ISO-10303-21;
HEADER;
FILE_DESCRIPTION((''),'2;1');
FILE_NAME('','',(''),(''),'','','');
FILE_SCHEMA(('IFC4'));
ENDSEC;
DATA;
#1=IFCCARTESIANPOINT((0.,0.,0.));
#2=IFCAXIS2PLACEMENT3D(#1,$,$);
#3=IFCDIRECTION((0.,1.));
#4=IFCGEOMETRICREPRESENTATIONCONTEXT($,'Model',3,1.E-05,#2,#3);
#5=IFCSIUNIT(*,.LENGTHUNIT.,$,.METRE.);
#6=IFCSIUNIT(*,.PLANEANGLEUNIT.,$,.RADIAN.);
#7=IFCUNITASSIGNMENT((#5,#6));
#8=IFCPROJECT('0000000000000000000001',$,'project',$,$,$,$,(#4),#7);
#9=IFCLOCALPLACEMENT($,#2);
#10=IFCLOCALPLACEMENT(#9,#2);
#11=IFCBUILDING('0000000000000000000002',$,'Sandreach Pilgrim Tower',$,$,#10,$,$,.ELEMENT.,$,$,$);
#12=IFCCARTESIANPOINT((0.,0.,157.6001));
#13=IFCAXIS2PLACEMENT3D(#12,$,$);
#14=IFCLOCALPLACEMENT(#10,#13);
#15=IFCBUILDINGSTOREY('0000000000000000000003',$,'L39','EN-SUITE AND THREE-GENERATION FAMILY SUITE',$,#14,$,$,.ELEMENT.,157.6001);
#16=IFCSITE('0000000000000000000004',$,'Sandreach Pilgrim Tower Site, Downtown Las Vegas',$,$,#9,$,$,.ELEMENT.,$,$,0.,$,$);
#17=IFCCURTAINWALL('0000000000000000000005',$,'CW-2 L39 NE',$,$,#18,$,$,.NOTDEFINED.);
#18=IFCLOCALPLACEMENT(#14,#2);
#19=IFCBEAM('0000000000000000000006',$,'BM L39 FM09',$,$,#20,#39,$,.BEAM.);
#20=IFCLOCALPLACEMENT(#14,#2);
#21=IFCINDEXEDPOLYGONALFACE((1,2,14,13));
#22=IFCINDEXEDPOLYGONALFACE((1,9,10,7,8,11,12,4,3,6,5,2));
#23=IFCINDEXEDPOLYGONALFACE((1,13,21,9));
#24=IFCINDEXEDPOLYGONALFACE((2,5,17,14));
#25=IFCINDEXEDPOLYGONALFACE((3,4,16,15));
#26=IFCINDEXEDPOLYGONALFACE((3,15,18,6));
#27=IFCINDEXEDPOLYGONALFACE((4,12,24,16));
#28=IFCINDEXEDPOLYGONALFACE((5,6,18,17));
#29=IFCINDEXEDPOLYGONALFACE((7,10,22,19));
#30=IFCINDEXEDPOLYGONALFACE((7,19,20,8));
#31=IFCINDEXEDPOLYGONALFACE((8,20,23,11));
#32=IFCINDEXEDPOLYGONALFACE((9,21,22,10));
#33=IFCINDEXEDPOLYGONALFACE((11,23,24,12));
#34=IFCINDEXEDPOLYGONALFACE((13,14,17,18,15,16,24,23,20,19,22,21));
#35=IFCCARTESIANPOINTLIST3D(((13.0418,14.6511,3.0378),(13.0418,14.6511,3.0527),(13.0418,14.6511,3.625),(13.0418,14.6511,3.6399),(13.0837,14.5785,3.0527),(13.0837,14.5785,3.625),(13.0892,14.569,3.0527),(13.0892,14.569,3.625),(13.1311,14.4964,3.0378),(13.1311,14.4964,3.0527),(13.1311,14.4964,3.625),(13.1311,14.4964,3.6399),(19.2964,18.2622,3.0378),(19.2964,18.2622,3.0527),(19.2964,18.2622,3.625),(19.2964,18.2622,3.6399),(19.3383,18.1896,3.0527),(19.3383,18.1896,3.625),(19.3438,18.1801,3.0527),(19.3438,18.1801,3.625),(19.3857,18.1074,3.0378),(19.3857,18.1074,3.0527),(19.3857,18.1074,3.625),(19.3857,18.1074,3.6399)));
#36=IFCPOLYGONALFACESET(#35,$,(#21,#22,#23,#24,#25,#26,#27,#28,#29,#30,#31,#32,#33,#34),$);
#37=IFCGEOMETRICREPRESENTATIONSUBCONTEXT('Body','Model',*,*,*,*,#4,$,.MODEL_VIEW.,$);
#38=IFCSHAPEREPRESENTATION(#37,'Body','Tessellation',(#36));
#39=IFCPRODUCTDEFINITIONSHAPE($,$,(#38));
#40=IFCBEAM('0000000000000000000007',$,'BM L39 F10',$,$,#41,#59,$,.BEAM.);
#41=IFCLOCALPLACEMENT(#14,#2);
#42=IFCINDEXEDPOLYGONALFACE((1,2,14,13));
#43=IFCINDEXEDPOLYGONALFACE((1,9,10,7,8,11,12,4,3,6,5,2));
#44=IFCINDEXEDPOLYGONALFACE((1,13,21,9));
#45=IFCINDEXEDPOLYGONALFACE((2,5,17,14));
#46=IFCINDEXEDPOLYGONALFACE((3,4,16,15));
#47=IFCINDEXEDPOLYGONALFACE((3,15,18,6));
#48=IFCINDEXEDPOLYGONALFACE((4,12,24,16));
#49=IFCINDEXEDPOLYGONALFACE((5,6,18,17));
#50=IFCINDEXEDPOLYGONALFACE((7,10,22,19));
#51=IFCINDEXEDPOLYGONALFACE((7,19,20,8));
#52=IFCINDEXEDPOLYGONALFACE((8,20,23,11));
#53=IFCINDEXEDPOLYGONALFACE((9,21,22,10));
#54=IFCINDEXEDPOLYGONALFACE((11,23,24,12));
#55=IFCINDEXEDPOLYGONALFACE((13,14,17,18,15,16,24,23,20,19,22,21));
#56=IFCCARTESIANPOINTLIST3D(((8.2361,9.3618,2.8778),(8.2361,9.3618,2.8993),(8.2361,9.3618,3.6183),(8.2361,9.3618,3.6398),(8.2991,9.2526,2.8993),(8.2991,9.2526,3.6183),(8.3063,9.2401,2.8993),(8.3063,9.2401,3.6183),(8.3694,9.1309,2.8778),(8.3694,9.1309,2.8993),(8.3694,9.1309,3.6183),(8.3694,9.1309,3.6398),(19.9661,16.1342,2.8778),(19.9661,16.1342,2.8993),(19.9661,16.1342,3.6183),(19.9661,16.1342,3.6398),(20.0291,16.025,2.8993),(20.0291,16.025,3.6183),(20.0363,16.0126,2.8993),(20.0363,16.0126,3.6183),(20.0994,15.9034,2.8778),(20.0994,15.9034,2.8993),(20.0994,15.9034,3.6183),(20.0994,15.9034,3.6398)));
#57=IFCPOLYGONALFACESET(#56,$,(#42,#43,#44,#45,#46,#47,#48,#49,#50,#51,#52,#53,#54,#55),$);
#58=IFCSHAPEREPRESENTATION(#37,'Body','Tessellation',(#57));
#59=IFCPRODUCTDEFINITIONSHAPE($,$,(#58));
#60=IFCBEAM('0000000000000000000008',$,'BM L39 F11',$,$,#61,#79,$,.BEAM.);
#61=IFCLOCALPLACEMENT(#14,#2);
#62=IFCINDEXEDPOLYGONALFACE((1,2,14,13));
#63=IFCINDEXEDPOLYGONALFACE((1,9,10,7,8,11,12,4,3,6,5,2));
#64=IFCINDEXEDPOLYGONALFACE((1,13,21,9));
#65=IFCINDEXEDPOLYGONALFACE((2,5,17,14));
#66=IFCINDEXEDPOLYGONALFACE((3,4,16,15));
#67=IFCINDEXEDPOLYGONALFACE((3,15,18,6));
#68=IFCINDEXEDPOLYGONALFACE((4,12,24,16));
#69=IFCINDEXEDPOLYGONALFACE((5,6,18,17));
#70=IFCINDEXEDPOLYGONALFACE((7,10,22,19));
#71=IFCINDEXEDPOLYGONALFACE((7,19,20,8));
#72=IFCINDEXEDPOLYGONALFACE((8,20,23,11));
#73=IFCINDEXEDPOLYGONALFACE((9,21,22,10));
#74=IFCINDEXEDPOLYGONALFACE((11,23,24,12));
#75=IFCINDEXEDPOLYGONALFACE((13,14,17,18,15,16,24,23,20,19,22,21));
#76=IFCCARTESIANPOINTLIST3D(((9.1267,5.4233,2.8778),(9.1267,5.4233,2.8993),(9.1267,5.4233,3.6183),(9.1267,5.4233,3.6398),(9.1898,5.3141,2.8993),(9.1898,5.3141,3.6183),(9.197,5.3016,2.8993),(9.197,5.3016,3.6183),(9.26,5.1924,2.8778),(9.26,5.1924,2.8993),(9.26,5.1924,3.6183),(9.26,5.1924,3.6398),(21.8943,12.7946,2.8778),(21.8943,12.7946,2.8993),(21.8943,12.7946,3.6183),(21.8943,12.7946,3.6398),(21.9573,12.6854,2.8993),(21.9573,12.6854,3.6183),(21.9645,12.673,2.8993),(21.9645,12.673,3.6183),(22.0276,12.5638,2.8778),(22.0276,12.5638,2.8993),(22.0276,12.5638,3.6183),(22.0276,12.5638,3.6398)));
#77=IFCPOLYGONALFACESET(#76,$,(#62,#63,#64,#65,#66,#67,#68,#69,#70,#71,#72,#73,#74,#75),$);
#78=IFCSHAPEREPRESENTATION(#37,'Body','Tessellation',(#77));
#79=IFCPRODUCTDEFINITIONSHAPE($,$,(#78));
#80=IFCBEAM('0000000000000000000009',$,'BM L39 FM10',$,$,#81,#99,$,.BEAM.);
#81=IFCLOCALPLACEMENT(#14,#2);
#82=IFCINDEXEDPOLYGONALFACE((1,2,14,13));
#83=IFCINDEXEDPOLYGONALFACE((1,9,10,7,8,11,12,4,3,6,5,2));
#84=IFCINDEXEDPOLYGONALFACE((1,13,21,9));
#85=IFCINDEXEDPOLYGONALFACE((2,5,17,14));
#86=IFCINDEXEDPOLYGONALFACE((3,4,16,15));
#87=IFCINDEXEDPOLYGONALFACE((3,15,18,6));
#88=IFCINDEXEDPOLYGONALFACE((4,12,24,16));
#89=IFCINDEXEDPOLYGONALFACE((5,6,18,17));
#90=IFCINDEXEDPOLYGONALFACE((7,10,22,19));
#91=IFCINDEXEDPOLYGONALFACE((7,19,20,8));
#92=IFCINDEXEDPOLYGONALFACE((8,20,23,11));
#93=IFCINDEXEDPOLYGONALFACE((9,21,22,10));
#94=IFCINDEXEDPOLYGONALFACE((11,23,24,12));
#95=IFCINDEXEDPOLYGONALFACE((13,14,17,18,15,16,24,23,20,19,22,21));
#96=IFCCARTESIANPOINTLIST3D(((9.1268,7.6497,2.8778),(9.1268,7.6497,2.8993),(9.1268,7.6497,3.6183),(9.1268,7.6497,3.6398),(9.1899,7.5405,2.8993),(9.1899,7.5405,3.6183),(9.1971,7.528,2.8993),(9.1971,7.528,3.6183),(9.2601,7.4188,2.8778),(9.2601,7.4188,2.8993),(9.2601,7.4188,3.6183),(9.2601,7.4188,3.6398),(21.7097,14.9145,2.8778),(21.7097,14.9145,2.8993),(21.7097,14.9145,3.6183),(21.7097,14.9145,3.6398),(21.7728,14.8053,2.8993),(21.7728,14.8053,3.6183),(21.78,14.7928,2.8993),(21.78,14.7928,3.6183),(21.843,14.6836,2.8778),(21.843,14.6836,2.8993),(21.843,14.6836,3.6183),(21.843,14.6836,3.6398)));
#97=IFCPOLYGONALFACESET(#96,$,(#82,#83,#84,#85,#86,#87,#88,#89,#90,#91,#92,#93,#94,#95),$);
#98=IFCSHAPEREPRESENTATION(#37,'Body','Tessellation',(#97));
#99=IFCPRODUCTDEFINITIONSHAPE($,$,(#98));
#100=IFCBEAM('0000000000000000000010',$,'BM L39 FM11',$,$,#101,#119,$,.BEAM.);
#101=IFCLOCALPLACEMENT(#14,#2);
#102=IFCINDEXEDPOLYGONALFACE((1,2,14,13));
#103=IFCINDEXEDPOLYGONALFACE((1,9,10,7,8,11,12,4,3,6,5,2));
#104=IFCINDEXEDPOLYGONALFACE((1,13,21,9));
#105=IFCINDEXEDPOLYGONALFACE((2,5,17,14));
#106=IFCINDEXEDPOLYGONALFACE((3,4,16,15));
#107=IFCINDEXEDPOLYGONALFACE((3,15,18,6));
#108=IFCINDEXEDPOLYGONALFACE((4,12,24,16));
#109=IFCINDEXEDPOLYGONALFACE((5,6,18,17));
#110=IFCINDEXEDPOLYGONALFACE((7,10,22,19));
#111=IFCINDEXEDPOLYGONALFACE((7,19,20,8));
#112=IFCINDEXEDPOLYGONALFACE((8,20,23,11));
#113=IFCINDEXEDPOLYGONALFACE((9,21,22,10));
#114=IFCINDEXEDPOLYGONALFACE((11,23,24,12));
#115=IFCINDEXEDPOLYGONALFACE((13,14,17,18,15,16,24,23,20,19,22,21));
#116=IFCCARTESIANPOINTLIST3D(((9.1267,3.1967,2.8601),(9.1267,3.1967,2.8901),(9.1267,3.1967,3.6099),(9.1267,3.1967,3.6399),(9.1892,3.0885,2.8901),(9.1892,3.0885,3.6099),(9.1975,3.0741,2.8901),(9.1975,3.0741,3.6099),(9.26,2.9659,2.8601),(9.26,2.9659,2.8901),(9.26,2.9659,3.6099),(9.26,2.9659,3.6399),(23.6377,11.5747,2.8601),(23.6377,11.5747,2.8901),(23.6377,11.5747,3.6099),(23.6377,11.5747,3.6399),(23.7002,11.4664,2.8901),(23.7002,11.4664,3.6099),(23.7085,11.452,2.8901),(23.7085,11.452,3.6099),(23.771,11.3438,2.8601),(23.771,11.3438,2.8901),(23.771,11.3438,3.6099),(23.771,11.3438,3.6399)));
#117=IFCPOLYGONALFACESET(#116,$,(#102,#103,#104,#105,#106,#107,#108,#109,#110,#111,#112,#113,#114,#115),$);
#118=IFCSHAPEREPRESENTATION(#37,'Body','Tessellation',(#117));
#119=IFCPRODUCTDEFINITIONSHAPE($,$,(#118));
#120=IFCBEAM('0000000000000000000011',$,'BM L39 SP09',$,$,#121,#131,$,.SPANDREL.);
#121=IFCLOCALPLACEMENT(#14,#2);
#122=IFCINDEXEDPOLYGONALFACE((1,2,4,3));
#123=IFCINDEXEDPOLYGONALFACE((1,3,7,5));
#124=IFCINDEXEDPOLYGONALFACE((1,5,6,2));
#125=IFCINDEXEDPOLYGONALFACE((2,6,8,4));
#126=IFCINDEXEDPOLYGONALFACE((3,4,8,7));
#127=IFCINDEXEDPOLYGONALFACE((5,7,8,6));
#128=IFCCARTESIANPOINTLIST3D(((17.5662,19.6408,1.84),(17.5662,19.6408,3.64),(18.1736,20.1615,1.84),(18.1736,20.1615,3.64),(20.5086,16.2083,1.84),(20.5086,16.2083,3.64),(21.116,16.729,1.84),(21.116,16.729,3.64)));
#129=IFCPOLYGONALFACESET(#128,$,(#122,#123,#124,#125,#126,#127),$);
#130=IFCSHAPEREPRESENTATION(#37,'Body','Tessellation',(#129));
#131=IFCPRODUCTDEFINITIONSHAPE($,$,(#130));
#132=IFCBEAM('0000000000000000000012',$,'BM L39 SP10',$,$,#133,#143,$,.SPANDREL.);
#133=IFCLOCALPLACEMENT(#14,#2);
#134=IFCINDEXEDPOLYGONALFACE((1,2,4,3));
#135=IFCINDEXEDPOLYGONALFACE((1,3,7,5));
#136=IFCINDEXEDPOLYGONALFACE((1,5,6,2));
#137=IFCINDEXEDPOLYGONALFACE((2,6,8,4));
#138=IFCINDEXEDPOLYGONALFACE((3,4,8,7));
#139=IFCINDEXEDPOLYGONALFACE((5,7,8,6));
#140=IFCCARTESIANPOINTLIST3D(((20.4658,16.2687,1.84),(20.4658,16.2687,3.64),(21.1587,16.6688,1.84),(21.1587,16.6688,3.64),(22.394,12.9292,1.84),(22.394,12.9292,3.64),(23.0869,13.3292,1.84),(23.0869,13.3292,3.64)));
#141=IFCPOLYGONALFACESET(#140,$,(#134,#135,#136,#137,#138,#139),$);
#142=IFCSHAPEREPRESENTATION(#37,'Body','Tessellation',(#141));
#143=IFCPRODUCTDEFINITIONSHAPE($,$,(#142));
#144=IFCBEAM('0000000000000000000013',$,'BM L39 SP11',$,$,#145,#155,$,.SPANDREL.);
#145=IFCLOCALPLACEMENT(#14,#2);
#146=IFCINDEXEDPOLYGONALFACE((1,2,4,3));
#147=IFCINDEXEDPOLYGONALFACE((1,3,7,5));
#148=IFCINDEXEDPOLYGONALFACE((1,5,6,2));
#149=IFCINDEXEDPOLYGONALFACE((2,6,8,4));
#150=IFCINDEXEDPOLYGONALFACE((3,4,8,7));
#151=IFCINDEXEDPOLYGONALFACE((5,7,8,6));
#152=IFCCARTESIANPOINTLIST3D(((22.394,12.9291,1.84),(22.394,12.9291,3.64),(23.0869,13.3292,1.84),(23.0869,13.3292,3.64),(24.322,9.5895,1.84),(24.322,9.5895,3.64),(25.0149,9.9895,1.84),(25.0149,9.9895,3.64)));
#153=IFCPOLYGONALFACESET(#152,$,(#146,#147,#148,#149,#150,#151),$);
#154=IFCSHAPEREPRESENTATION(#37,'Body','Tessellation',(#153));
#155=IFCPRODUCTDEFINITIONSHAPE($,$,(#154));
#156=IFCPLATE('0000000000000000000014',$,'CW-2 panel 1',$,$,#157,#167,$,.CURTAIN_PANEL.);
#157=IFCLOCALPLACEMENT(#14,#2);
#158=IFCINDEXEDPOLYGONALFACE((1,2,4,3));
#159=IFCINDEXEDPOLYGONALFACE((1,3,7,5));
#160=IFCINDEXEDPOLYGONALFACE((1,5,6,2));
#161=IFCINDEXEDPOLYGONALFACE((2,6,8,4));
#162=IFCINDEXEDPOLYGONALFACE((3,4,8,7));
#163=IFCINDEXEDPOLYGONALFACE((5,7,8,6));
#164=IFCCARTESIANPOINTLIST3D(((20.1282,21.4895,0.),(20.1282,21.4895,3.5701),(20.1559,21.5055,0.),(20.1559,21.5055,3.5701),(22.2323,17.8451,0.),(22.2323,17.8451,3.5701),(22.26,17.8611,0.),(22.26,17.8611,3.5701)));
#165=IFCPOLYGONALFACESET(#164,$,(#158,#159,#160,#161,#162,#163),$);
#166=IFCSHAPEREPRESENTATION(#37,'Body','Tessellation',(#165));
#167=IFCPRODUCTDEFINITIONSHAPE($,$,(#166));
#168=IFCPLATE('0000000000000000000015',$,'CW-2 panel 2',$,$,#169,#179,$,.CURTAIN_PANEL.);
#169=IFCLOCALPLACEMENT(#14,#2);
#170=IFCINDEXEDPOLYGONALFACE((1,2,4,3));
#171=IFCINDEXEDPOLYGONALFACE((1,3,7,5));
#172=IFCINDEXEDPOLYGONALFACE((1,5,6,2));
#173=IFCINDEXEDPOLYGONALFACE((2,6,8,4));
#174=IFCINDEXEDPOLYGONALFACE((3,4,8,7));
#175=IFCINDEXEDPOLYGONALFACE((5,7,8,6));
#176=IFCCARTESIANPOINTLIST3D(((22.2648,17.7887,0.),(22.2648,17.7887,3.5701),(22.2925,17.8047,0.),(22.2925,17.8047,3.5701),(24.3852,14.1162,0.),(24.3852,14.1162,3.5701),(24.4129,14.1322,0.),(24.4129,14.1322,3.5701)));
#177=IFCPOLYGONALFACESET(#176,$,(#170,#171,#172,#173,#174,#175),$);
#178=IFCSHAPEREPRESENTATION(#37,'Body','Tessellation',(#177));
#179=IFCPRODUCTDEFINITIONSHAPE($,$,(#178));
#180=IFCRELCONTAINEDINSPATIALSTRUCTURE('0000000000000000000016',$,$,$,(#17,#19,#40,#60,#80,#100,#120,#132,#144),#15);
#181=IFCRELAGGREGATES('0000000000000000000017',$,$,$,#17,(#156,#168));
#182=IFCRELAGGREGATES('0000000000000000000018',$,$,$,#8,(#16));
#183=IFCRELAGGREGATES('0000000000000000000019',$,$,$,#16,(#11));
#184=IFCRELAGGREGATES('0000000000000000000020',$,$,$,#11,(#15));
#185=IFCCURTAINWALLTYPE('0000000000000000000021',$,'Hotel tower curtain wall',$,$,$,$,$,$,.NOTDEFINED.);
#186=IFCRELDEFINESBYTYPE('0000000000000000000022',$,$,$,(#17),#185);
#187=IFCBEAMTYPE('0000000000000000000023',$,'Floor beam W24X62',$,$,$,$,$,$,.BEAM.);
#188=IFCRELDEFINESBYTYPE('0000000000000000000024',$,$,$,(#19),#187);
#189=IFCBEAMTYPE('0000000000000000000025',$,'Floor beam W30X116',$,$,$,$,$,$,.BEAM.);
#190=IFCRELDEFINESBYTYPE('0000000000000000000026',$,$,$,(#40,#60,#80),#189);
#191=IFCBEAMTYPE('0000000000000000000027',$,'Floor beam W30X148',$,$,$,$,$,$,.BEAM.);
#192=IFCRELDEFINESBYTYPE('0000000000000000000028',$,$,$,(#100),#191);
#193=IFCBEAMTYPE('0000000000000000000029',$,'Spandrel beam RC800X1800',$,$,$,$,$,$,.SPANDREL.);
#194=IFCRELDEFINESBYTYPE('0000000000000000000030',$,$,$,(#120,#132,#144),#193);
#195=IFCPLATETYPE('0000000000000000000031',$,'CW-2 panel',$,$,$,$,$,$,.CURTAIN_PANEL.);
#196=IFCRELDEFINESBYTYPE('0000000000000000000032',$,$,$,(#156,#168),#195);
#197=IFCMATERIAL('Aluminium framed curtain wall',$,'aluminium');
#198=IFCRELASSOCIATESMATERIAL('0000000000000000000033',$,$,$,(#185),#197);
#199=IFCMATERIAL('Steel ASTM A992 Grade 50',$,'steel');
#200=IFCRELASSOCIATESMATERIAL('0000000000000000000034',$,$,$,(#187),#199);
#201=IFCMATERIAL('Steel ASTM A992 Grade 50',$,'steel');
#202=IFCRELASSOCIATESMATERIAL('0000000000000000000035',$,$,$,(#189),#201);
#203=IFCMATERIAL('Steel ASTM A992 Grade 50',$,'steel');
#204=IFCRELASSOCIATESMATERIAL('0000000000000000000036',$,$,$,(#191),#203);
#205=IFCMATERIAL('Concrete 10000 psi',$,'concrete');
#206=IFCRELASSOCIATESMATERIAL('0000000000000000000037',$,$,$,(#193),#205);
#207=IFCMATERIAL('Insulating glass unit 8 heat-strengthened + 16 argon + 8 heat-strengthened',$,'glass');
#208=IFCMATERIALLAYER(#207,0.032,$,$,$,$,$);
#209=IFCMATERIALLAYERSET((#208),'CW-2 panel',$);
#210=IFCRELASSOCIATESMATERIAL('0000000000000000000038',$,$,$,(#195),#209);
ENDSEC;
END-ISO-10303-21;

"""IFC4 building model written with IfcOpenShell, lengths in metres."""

from ifc_helpers import new_model, si_unit, direction, frame, origin, origin_2d, place, context, subcontext, project, spatial, rectangle, i_section, extrude, material, layer, layer_set, material_profile, profile_set, type_object, element, aggregate, save


model = new_model("IFC4")

# Units and contexts
model_context = context("Model", 3, precision=1e-05, world=origin(), true_north=direction((0.0, 1.0)))
body_context = subcontext(model_context, "Body", "Model", "MODEL_VIEW")
ifc_project = project(units=[si_unit("LENGTHUNIT", "METRE"), si_unit("PLANEANGLEUNIT", "RADIAN")], contexts=[model_context])

# Site, building, storey
site_placement = place(None, origin())
site = spatial("IfcSite", under=ifc_project, at=site_placement, Name="Sandreach Pilgrim Tower Site, Downtown Las Vegas", CompositionType="ELEMENT", RefElevation=0.0)
building_placement = place(site_placement, origin())
building = spatial("IfcBuilding", under=site, at=building_placement, Name="Sandreach Pilgrim Tower", CompositionType="ELEMENT")
storey_placement = place(building_placement, frame((0.0, 0.0, 157.6001)))
storey = spatial("IfcBuildingStorey", under=building, at=storey_placement, Name="L39", Description="EN-SUITE AND THREE-GENERATION FAMILY SUITE", CompositionType="ELEMENT", Elevation=157.6001)

# Shared definitions
ifc_material_1 = material(Name="Aluminium framed curtain wall", Category="aluminium")
curtain_wall_type = type_object("IfcCurtainWallType", Name="Hotel tower curtain wall", PredefinedType="NOTDEFINED", material=ifc_material_1)

# Curtain wall
curtain_wall_1_placement = place(storey_placement, origin())
curtain_wall_1 = element("IfcCurtainWall", 1, at=curtain_wall_1_placement, inside=storey, type_object=curtain_wall_type, Name="CW-2 L39 NE", PredefinedType="NOTDEFINED")

# Beams
ifc_material_2 = material(Name="Steel ASTM A992 Grade 50", Category="steel")
ifc_material_profile_1 = material_profile(ifc_material_2, i_section(OverallWidth=0.1787, OverallDepth=0.6021, WebThickness=0.011, FlangeThickness=0.0149, at=origin_2d()), Name="W24X62")
ifc_profile_set_1 = profile_set([ifc_material_profile_1], Name="Steel ASTM A992 Grade 50")
beam_type_1 = type_object("IfcBeamType", Name="Floor beam W24X62", PredefinedType="BEAM", material=ifc_profile_set_1)
beam_1_placement = place(storey_placement, frame((19.3411, 18.1848, 3.3389), z_axis=(-0.866027, -0.499997, 0.0), x_axis=(0.499997, -0.866027, 0.0)))
element("IfcBeam", 2, at=beam_1_placement, inside=storey, type_object=beam_type_1, Name="BM L39 FM09", PredefinedType="BEAM", context=body_context, shape_type="SweptSolid", body=[
    extrude(i_section(OverallWidth=0.1787, OverallDepth=0.6021, WebThickness=0.011, FlangeThickness=0.0149, at=origin_2d()), origin(), (0.0, 0.0, 1.0), 7.2222),
])
ifc_material_3 = material(Name="Steel ASTM A992 Grade 50", Category="steel")
ifc_material_profile_2 = material_profile(ifc_material_3, i_section(OverallWidth=0.2666, OverallDepth=0.762, WebThickness=0.0144, FlangeThickness=0.0215, at=origin_2d()), Name="W30X116")
ifc_profile_set_2 = profile_set([ifc_material_profile_2], Name="Steel ASTM A992 Grade 50")
beam_type_2 = type_object("IfcBeamType", Name="Floor beam W30X116", PredefinedType="BEAM", material=ifc_profile_set_2)
beam_2_placement = place(storey_placement, frame((20.0327, 16.0188, 3.2588), z_axis=(-0.86602, -0.500009, 0.0), x_axis=(0.500009, -0.86602, 0.0)))
element("IfcBeam", 3, at=beam_2_placement, inside=storey, type_object=beam_type_2, Name="BM L39 F10", PredefinedType="BEAM", context=body_context, shape_type="SweptSolid", body=[
    extrude(i_section(OverallWidth=0.2666, OverallDepth=0.762, WebThickness=0.0144, FlangeThickness=0.0215, at=origin_2d()), origin(), (0.0, 0.0, 1.0), 13.5447),
])
beam_3_placement = place(storey_placement, frame((21.9609, 12.6792, 3.2588), z_axis=(-0.866026, -0.499999, 0.0), x_axis=(0.499999, -0.866026, 0.0)))
element("IfcBeam", 4, at=beam_3_placement, inside=storey, type_object=beam_type_2, Name="BM L39 F11", PredefinedType="BEAM", context=body_context, shape_type="SweptSolid", body=[
    extrude(i_section(OverallWidth=0.2666, OverallDepth=0.762, WebThickness=0.0144, FlangeThickness=0.0215, at=origin_2d()), origin(), (0.0, 0.0, 1.0), 14.7427),
])
beam_4_placement = place(storey_placement, frame((21.7764, 14.7991, 3.2588), z_axis=(-0.866023, -0.500005, 0.0), x_axis=(0.500005, -0.866023, 0.0)))
element("IfcBeam", 5, at=beam_4_placement, inside=storey, type_object=beam_type_2, Name="BM L39 FM10", PredefinedType="BEAM", context=body_context, shape_type="SweptSolid", body=[
    extrude(i_section(OverallWidth=0.2666, OverallDepth=0.762, WebThickness=0.0144, FlangeThickness=0.0215, at=origin_2d()), origin(), (0.0, 0.0, 1.0), 14.5295),
])
ifc_material_4 = material(Name="Steel ASTM A992 Grade 50", Category="steel")
ifc_material_profile_3 = material_profile(ifc_material_4, i_section(OverallWidth=0.2666, OverallDepth=0.7798, WebThickness=0.0166, FlangeThickness=0.03, at=origin_2d()), Name="W30X148")
ifc_profile_set_3 = profile_set([ifc_material_profile_3], Name="Steel ASTM A992 Grade 50")
beam_type_3 = type_object("IfcBeamType", Name="Floor beam W30X148", PredefinedType="BEAM", material=ifc_profile_set_3)
beam_5_placement = place(storey_placement, frame((23.7043, 11.4592, 3.25), z_axis=(-0.866025, -0.5, 0.0), x_axis=(0.5, -0.866025, 0.0)))
element("IfcBeam", 6, at=beam_5_placement, inside=storey, type_object=beam_type_3, Name="BM L39 FM11", PredefinedType="BEAM", context=body_context, shape_type="SweptSolid", body=[
    extrude(i_section(OverallWidth=0.2666, OverallDepth=0.7798, WebThickness=0.0166, FlangeThickness=0.03, at=origin_2d()), origin(), (0.0, 0.0, 1.0), 16.7559),
])
ifc_material_5 = material(Name="Concrete 10000 psi", Category="concrete")
ifc_material_profile_4 = material_profile(ifc_material_5, rectangle(XDim=0.8, YDim=1.8, at=origin_2d()), Name="RC800X1800")
ifc_profile_set_4 = profile_set([ifc_material_profile_4], Name="Concrete 10000 psi")
beam_type_4 = type_object("IfcBeamType", Name="Spandrel beam RC800X1800", PredefinedType="SPANDREL", material=ifc_profile_set_4)
beam_6_placement = place(storey_placement, frame((17.8699, 19.9011, 2.74), z_axis=(0.650836, -0.759218, 0.0), x_axis=(0.759218, 0.650836, 0.0)))
element("IfcBeam", 7, at=beam_6_placement, inside=storey, type_object=beam_type_4, Name="BM L39 SP09", PredefinedType="SPANDREL", context=body_context, shape_type="SweptSolid", body=[
    extrude(rectangle(XDim=0.8, YDim=1.8, at=origin_2d()), origin(), (0.0, 0.0, 1.0), 4.521),
])
for number, where, z_axis, x_axis, name in (
    (8, (20.8123, 16.4688, 2.74), (0.50002, -0.866014, 0.0), (0.866014, 0.50002, 0.0), "BM L39 SP10"),
    (9, (22.7405, 13.1292, 2.74), (0.499973, -0.866041, 0.0), (0.866041, 0.499973, 0.0), "BM L39 SP11"),
):
    element("IfcBeam", number, at=place(storey_placement, frame(where, z_axis=z_axis, x_axis=x_axis)), inside=storey, type_object=beam_type_4, Name=name, PredefinedType="SPANDREL", context=body_context, shape_type="SweptSolid", body=[
        extrude(rectangle(XDim=0.8, YDim=1.8, at=origin_2d()), origin(), (0.0, 0.0, 1.0), 3.8562),
    ])

# Plates
ifc_material_6 = material(Name="Insulating glass unit 8 heat-strengthened + 16 argon + 8 heat-strengthened", Category="glass")
ifc_layer_1 = layer(ifc_material_6, 0.032)
ifc_layer_set_1 = layer_set([ifc_layer_1], Name="CW-2 panel")
plate_type = type_object("IfcPlateType", Name="CW-2 panel", PredefinedType="CURTAIN_PANEL", material=ifc_layer_set_1)
plate_1_placement = place(storey_placement, frame((21.1941, 19.6753, 0.0), z_axis=(0.0, 0.0, 1.0), x_axis=(0.5, -0.866025, 0.0)))
plate_1 = element("IfcPlate", 10, at=plate_1_placement, type_object=plate_type, Name="CW-2 panel 1", PredefinedType="CURTAIN_PANEL", context=body_context, shape_type="SweptSolid", body=[
    extrude(rectangle(XDim=4.2083, YDim=0.032, at=origin_2d()), origin(), (0.0, 0.0, 1.0), 3.5701),
])
plate_2_placement = place(storey_placement, frame((23.3389, 15.9604, 0.0), z_axis=(0.0, 0.0, 1.0), x_axis=(0.5, -0.866025, 0.0)))
plate_2 = element("IfcPlate", 11, at=plate_2_placement, type_object=plate_type, Name="CW-2 panel 2", PredefinedType="CURTAIN_PANEL", context=body_context, shape_type="SweptSolid", body=[
    extrude(rectangle(XDim=4.2407, YDim=0.032, at=origin_2d()), origin(), (0.0, 0.0, 1.0), 3.5701),
])
aggregate(curtain_wall_1, [plate_1, plate_2])

save(model, "model.ifc")
